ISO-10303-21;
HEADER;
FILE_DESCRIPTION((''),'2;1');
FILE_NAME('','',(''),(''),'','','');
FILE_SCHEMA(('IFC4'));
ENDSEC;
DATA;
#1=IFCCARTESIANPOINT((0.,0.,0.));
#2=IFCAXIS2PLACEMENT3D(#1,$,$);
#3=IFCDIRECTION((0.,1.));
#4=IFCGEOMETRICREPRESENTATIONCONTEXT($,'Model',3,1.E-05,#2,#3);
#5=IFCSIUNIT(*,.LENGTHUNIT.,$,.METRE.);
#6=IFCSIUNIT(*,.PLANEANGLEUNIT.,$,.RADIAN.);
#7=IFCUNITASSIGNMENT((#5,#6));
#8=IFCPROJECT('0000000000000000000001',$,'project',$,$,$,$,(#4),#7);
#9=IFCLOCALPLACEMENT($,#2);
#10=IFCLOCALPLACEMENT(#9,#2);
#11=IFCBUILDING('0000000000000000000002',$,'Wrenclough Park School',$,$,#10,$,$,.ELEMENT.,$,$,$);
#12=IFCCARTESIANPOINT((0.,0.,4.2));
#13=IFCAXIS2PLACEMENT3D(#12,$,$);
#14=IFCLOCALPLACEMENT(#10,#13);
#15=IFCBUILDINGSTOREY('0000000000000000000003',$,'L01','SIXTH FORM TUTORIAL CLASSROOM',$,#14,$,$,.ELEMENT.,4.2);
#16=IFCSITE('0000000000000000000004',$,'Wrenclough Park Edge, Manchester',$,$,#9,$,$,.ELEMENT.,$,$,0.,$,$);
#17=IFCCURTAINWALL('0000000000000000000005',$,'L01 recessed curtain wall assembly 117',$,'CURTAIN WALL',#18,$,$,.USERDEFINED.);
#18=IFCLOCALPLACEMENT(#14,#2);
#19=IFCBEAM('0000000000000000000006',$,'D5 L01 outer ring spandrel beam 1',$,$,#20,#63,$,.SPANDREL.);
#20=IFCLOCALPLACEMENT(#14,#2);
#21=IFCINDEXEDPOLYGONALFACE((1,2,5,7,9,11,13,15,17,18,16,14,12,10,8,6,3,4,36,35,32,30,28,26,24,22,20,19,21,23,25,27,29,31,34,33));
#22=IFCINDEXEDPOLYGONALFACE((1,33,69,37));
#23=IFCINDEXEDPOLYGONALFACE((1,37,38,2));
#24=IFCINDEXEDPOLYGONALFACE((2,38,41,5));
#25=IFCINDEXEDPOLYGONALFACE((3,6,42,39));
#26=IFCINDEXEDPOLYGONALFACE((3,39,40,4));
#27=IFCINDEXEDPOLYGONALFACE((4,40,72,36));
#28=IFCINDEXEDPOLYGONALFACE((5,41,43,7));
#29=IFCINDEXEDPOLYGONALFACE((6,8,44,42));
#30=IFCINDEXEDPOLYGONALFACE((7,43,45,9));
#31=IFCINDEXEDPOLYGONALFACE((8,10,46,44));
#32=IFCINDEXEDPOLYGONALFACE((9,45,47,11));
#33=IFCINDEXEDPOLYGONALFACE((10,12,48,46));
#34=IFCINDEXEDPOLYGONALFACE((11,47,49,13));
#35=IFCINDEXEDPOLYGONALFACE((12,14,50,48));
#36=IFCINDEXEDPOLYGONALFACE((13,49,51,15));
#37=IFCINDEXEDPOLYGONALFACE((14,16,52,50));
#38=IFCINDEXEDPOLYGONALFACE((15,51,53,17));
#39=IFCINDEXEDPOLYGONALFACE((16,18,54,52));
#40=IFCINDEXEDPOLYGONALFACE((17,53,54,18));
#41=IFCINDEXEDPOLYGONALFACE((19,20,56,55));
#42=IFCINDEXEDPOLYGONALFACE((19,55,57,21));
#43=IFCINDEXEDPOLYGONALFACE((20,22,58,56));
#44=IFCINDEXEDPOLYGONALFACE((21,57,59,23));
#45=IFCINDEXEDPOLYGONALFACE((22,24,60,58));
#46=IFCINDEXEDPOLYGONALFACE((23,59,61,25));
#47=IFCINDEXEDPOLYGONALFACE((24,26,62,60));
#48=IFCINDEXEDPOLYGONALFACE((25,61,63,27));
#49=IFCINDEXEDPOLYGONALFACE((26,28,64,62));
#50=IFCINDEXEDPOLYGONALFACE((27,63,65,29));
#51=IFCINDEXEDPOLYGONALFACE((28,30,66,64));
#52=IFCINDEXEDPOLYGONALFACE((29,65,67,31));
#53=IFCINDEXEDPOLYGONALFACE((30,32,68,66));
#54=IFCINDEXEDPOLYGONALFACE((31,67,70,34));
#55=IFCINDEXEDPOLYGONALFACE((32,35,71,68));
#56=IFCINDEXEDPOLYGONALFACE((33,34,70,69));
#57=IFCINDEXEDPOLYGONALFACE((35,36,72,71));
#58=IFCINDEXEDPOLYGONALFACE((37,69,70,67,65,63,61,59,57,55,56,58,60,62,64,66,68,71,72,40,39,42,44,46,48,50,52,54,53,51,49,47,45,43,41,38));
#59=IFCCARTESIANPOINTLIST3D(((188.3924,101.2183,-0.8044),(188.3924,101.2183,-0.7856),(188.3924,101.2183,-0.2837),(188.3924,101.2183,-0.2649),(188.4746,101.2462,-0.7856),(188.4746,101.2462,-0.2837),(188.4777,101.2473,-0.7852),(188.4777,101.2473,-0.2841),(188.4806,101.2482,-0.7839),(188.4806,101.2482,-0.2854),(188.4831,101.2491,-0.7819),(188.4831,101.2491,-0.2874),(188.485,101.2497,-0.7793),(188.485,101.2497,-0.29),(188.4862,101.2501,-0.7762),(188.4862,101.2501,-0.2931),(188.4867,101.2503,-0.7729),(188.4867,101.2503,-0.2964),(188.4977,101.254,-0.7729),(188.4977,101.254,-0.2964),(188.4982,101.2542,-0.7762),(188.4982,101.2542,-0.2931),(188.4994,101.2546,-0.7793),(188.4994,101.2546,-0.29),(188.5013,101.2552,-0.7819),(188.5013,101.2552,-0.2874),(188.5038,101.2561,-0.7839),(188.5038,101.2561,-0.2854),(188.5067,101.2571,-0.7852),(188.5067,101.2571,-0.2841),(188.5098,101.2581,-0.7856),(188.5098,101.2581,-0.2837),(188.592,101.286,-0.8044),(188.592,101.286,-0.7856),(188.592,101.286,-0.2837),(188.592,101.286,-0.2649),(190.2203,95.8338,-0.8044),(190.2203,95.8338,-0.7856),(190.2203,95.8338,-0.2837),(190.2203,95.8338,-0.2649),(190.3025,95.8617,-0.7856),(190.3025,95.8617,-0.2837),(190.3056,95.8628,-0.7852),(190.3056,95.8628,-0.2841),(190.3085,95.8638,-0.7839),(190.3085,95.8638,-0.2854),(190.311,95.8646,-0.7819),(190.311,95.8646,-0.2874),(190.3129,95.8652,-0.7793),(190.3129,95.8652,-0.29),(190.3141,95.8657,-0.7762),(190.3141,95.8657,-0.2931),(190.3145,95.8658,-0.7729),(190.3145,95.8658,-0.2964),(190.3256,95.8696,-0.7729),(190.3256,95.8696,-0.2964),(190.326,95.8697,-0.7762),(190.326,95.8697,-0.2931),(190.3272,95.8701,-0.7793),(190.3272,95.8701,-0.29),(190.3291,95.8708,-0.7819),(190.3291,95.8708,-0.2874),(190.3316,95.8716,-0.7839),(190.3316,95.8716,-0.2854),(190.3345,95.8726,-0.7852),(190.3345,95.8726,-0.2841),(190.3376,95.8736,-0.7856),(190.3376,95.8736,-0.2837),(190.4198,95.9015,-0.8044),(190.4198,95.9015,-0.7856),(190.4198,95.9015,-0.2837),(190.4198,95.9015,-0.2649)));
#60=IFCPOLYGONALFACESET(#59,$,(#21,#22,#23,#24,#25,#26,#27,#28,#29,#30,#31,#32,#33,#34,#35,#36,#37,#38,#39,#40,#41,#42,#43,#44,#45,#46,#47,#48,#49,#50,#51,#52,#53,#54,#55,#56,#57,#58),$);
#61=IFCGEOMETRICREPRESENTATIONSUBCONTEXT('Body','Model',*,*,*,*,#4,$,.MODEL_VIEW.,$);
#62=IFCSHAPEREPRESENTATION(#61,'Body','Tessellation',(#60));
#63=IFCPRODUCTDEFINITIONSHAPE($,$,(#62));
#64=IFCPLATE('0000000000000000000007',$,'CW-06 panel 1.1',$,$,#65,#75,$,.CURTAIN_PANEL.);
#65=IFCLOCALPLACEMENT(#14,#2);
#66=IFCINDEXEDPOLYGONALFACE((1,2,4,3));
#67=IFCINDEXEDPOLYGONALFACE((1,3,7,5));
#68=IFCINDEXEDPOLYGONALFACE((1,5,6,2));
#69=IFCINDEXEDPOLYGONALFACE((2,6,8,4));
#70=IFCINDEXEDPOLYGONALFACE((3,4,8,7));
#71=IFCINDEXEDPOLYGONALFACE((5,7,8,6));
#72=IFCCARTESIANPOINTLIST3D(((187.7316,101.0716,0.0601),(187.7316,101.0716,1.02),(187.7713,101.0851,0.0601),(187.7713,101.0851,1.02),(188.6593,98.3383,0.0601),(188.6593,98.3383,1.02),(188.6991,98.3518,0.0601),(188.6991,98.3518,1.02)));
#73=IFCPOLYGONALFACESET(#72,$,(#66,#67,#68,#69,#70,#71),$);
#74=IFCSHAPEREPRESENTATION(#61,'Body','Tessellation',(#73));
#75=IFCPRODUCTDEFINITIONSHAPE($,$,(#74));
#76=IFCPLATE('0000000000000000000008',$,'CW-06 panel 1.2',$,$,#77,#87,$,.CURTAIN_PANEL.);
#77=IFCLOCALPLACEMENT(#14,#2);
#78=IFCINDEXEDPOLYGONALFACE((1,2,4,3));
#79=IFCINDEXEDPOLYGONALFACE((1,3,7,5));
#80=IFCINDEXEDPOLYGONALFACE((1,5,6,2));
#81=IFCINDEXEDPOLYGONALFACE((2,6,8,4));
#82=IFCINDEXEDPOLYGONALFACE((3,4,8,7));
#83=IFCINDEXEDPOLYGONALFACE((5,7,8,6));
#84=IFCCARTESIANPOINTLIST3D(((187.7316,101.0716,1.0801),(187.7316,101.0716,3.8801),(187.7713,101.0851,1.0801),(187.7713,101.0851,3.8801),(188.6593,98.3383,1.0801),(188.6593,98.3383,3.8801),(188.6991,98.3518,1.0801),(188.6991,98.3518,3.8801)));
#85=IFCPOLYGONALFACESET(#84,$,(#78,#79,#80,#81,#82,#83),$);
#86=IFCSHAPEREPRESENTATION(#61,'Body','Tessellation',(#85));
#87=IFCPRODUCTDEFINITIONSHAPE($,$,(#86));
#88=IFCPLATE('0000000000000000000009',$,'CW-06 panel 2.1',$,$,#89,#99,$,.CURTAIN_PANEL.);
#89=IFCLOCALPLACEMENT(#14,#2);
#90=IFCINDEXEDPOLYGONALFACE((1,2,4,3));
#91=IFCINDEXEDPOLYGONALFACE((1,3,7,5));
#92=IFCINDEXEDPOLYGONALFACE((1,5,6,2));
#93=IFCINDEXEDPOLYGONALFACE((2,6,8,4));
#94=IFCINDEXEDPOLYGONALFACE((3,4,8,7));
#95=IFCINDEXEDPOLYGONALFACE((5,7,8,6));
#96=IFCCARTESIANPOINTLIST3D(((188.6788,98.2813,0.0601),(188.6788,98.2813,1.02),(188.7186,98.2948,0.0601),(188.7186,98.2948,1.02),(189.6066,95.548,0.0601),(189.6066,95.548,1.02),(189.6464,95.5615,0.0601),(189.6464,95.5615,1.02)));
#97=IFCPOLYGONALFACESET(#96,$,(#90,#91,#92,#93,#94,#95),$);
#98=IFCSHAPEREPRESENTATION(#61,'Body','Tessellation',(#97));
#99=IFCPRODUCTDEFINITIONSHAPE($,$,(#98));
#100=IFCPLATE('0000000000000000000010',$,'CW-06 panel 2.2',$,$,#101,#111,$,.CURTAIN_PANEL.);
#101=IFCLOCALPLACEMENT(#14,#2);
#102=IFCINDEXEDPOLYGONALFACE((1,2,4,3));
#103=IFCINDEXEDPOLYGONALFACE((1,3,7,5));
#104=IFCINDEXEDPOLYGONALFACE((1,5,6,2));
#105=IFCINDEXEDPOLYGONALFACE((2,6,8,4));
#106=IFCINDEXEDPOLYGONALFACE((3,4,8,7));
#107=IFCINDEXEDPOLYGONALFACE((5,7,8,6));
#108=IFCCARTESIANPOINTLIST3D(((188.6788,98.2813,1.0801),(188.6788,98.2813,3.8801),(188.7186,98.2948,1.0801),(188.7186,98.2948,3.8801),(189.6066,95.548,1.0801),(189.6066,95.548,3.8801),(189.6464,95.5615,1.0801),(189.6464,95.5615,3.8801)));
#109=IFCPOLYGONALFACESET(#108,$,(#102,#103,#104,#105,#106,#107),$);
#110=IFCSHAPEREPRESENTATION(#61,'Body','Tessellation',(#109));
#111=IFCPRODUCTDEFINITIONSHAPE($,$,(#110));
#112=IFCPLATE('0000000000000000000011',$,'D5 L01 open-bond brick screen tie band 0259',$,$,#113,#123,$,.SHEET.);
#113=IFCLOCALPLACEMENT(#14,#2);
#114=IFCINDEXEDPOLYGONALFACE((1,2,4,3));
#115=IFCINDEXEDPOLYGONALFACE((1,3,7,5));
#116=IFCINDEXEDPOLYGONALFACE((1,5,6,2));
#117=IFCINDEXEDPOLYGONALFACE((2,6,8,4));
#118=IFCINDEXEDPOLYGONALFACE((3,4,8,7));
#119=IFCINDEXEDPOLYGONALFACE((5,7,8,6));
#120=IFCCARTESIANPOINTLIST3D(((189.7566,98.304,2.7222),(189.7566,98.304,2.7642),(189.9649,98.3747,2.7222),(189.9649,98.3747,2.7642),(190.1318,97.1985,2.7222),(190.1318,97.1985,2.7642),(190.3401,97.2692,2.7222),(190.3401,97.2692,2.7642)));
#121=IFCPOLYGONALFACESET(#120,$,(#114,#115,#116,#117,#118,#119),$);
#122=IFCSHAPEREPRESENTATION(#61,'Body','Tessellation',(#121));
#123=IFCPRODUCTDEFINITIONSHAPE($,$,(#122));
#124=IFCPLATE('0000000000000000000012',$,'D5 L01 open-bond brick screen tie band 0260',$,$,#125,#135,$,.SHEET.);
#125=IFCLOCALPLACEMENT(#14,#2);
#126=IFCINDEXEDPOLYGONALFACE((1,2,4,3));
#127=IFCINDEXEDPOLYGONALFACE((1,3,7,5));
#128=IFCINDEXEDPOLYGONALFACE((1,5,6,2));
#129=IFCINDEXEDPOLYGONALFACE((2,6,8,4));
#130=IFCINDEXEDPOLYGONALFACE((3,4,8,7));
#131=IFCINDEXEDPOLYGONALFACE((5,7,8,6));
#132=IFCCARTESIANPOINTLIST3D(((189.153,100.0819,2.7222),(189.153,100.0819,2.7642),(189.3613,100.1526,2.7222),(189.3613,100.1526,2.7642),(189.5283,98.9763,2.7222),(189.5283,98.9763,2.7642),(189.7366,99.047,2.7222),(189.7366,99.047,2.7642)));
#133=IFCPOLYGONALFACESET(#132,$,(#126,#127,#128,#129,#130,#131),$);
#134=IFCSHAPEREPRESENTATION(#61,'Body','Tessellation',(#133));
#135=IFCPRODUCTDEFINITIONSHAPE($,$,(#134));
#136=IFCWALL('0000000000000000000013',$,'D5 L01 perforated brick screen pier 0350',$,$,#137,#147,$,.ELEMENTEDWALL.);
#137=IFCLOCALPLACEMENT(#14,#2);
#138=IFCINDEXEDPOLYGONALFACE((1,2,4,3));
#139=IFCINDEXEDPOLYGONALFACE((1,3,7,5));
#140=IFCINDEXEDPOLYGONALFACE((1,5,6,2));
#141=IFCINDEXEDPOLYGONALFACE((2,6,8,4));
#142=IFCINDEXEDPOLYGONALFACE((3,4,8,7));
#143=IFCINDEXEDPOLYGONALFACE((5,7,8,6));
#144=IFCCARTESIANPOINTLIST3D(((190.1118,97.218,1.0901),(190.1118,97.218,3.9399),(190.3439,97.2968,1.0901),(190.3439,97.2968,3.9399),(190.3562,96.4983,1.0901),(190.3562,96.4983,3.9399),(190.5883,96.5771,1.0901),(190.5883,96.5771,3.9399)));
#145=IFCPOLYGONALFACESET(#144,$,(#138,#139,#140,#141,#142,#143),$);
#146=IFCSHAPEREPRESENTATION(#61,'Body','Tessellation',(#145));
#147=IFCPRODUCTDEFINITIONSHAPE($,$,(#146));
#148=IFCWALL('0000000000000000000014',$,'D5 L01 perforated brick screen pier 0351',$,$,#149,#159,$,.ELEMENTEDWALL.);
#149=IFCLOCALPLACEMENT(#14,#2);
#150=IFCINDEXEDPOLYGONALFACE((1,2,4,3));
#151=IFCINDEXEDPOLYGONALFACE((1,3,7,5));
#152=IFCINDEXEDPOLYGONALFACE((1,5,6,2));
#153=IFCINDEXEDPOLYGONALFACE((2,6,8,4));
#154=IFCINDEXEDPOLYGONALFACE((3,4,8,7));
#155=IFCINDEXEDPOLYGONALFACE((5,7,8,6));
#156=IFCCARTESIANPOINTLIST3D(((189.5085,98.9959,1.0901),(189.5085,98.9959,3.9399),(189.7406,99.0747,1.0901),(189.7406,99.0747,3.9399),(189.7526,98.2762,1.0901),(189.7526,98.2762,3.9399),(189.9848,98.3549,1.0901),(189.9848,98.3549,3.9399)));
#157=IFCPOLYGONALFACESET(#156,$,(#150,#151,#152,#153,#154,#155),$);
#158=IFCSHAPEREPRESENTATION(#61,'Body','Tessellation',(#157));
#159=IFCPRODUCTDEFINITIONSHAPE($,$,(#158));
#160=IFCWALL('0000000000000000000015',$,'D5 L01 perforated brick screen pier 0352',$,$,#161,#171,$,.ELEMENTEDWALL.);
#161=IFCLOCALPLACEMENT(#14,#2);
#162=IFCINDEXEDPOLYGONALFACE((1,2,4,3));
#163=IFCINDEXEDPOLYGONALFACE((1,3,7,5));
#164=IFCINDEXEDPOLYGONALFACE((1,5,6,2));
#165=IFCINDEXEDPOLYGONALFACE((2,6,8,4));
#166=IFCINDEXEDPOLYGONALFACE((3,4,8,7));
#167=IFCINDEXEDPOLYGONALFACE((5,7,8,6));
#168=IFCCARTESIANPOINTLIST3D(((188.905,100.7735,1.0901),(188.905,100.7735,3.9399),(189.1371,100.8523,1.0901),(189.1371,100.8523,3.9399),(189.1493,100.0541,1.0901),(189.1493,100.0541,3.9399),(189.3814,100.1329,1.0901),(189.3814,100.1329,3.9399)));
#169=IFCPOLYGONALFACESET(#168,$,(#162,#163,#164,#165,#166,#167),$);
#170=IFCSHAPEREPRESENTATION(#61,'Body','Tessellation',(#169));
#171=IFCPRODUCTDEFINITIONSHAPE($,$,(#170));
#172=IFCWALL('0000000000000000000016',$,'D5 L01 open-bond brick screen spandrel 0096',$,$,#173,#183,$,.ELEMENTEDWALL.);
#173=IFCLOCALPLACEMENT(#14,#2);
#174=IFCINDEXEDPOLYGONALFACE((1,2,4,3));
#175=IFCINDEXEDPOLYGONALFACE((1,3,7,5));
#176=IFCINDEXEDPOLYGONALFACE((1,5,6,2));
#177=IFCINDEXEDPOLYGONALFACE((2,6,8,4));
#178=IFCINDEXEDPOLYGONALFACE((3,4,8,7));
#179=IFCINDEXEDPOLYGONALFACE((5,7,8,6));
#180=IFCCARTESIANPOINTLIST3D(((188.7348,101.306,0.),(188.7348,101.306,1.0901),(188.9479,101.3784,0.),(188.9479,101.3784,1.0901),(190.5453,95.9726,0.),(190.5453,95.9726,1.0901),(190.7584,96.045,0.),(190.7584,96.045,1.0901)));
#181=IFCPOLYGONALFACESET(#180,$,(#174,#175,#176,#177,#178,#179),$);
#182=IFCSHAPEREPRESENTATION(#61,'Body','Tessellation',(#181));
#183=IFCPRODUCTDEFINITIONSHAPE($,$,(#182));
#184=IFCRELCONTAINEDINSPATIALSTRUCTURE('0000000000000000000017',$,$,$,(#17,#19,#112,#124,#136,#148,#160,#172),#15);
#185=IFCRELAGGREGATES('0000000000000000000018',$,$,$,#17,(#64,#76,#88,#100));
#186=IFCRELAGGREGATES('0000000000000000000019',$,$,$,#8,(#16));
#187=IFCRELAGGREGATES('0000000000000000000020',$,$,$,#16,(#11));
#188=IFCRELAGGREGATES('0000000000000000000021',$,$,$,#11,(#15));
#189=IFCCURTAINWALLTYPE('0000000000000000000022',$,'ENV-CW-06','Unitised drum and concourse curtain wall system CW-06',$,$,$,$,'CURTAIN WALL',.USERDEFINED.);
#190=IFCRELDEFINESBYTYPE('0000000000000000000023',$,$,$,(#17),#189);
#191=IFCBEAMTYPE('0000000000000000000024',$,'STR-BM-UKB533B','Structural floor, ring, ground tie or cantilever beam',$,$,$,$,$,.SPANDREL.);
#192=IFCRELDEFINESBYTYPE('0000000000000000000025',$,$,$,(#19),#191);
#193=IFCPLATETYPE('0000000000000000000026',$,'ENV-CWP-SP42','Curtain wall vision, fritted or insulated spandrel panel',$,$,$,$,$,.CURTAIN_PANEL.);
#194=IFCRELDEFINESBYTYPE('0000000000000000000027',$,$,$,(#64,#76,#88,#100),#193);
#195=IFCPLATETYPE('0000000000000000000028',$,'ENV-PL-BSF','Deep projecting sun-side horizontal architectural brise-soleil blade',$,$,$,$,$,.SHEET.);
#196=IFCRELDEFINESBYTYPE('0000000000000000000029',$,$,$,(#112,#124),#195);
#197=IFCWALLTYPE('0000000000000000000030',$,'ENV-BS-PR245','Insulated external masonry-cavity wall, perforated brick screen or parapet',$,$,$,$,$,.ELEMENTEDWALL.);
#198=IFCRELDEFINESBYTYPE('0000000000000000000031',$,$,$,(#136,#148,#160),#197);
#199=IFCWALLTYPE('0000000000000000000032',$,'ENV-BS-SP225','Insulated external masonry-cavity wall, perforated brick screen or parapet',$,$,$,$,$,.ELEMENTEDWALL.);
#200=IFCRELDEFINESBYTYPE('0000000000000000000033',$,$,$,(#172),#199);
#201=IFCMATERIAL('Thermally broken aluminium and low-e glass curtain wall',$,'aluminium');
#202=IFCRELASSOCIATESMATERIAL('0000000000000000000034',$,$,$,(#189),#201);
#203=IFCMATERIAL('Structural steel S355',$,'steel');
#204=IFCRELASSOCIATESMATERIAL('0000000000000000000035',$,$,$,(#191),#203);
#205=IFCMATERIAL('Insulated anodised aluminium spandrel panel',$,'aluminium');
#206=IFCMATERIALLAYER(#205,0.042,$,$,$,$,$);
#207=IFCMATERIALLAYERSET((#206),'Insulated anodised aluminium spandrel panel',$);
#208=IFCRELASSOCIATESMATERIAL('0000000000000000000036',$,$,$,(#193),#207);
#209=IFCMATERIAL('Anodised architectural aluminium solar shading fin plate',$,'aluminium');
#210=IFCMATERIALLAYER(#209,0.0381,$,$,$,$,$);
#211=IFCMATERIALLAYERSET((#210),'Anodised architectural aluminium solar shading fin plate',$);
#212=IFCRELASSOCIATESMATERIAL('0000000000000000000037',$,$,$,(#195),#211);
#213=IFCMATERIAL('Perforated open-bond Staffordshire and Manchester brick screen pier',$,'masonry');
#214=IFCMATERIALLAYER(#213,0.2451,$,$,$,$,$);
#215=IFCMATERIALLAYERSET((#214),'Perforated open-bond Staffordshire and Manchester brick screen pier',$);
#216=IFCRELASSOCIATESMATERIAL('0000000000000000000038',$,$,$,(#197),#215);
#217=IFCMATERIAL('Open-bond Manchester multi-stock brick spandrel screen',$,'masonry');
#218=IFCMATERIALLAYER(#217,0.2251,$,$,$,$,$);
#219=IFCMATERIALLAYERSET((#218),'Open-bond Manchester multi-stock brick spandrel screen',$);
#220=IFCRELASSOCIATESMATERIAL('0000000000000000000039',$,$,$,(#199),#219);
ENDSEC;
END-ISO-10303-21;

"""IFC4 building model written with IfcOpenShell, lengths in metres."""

from ifc_helpers import new_model, si_unit, direction, frame, frame_2d, origin, origin_2d, place, context, subcontext, project, spatial, rectangle, i_section, extrude, material, layer, layer_set, material_profile, profile_set, type_object, element, aggregate, save


model = new_model("IFC4")

# Units and contexts
model_context = context("Model", 3, precision=1e-05, world=origin(), true_north=direction((0.0, 1.0)))
body_context = subcontext(model_context, "Body", "Model", "MODEL_VIEW")
ifc_project = project(units=[si_unit("LENGTHUNIT", "METRE"), si_unit("PLANEANGLEUNIT", "RADIAN")], contexts=[model_context])

# Site, building, storey
site_placement = place(None, origin())
site = spatial("IfcSite", under=ifc_project, at=site_placement, Name="Wrenclough Park Edge, Manchester", CompositionType="ELEMENT", RefElevation=0.0)
building_placement = place(site_placement, origin())
building = spatial("IfcBuilding", under=site, at=building_placement, Name="Wrenclough Park School", CompositionType="ELEMENT")
storey_placement = place(building_placement, frame((0.0, 0.0, 4.2)))
storey = spatial("IfcBuildingStorey", under=building, at=storey_placement, Name="L01", Description="SIXTH FORM TUTORIAL CLASSROOM", CompositionType="ELEMENT", Elevation=4.2)

# Curtain wall
ifc_material_1 = material(Name="Thermally broken aluminium and low-e glass curtain wall", Category="aluminium")
curtain_wall_type = type_object("IfcCurtainWallType", Name="ENV-CW-06", Description="Unitised drum and concourse curtain wall system CW-06", ElementType="CURTAIN WALL", PredefinedType="USERDEFINED", material=ifc_material_1)
curtain_wall_placement = place(storey_placement, origin())
curtain_wall = element("IfcCurtainWall", 1, at=curtain_wall_placement, inside=storey, type_object=curtain_wall_type, Name="L01 recessed curtain wall assembly 117", ObjectType="CURTAIN WALL", PredefinedType="USERDEFINED")

# Beam
ifc_material_2 = material(Name="Structural steel S355", Category="steel")
ifc_material_profile_1 = material_profile(ifc_material_2, i_section(OverallWidth=0.2107, OverallDepth=0.5396, WebThickness=0.0117, FlangeThickness=0.0188, FilletRadius=0.0127, at=origin_2d()), Name="UKB 533x210x109")
ifc_profile_set_1 = profile_set([ifc_material_profile_1], Name="Structural steel S355")
beam_type_1 = type_object("IfcBeamType", Name="STR-BM-UKB533B", Description="Structural floor, ring, ground tie or cantilever beam", PredefinedType="SPANDREL", material=ifc_profile_set_1)
beam_1_placement = place(storey_placement, frame((190.3201, 95.8677, -0.5347), z_axis=(-0.321452, 0.946926, 0.0), x_axis=(-0.946926, -0.321452, 0.0)))
element("IfcBeam", 2, at=beam_1_placement, inside=storey, type_object=beam_type_1, Name="D5 L01 outer ring spandrel beam 1", PredefinedType="SPANDREL", context=body_context, shape_type="SweptSolid", body=[
    extrude(i_section(OverallWidth=0.2107, OverallDepth=0.5396, WebThickness=0.0117, FlangeThickness=0.0188, FilletRadius=0.0127, at=origin_2d()), origin(), (0.0, 0.0, 1.0), 5.6863),
])

# Plates
ifc_material_3 = material(Name="Insulated anodised aluminium spandrel panel", Category="aluminium")
ifc_layer_1 = layer(ifc_material_3, 0.042)
ifc_layer_set_1 = layer_set([ifc_layer_1], Name="Insulated anodised aluminium spandrel panel")
plate_type_1 = type_object("IfcPlateType", Name="ENV-CWP-SP42", Description="Curtain wall vision, fritted or insulated spandrel panel", PredefinedType="CURTAIN_PANEL", material=ifc_layer_set_1)
plate_1_placement = place(storey_placement, frame((188.2153, 99.7117, 0.0601), z_axis=(0.0, 0.0, 1.0), x_axis=(0.321429, -0.946934, 0.0)))
plate_1 = element("IfcPlate", 3, at=plate_1_placement, type_object=plate_type_1, Name="CW-06 panel 1.1", PredefinedType="CURTAIN_PANEL", context=body_context, shape_type="SweptSolid", body=[
    extrude(rectangle(XDim=2.8865, YDim=0.042, at=origin_2d()), origin(), (0.0, 0.0, 1.0), 0.96),
])
plate_2_placement = place(storey_placement, frame((188.2153, 99.7117, 1.0801), z_axis=(0.0, 0.0, 1.0), x_axis=(0.321429, -0.946934, 0.0)))
plate_2 = element("IfcPlate", 4, at=plate_2_placement, type_object=plate_type_1, Name="CW-06 panel 1.2", PredefinedType="CURTAIN_PANEL", context=body_context, shape_type="SweptSolid", body=[
    extrude(rectangle(XDim=2.8865, YDim=0.042, at=origin_2d()), origin(), (0.0, 0.0, 1.0), 2.8),
])
plate_3_placement = place(storey_placement, frame((189.1626, 96.9214, 0.0601), z_axis=(0.0, 0.0, 1.0), x_axis=(0.321429, -0.946934, 0.0)))
plate_3 = element("IfcPlate", 5, at=plate_3_placement, type_object=plate_type_1, Name="CW-06 panel 2.1", PredefinedType="CURTAIN_PANEL", context=body_context, shape_type="SweptSolid", body=[
    extrude(rectangle(XDim=2.8865, YDim=0.042, at=origin_2d()), origin(), (0.0, 0.0, 1.0), 0.96),
])
plate_4_placement = place(storey_placement, frame((189.1626, 96.9214, 1.0801), z_axis=(0.0, 0.0, 1.0), x_axis=(0.321429, -0.946934, 0.0)))
plate_4 = element("IfcPlate", 6, at=plate_4_placement, type_object=plate_type_1, Name="CW-06 panel 2.2", PredefinedType="CURTAIN_PANEL", context=body_context, shape_type="SweptSolid", body=[
    extrude(rectangle(XDim=2.8865, YDim=0.042, at=origin_2d()), origin(), (0.0, 0.0, 1.0), 2.8),
])
aggregate(curtain_wall, [plate_1, plate_2, plate_3, plate_4])

# Plates
ifc_material_4 = material(Name="Anodised architectural aluminium solar shading fin plate", Category="aluminium")
ifc_layer_2 = layer(ifc_material_4, 0.0381)
ifc_layer_set_2 = layer_set([ifc_layer_2], Name="Anodised architectural aluminium solar shading fin plate")
plate_type_2 = type_object("IfcPlateType", Name="ENV-PL-BSF", Description="Deep projecting sun-side horizontal architectural brise-soleil blade", PredefinedType="SHEET", material=ifc_layer_set_2)
for number, where, z_axis, x_axis, name in (
    (7, (190.0483, 97.7866, 2.7222), (0.0, 0.0, 1.0), (-0.321427, 0.946934, 0.0), "D5 L01 open-bond brick screen tie band 0259"),
    (8, (189.4448, 99.5645, 2.7222), (0.0, 0.0, 1.0), (-0.321427, 0.946934, 0.0), "D5 L01 open-bond brick screen tie band 0260"),
):
    element("IfcPlate", number, at=place(storey_placement, frame(where, z_axis=z_axis, x_axis=x_axis)), inside=storey, type_object=plate_type_2, Name=name, PredefinedType="SHEET", context=body_context, shape_type="SweptSolid", body=[
        extrude(rectangle(XDim=1.1675, YDim=0.22, at=origin_2d()), origin(), (0.0, 0.0, 1.0), 0.042),
    ])

# Walls
ifc_material_5 = material(Name="Perforated open-bond Staffordshire and Manchester brick screen pier", Category="masonry")
ifc_layer_3 = layer(ifc_material_5, 0.2451)
ifc_layer_set_3 = layer_set([ifc_layer_3], Name="Perforated open-bond Staffordshire and Manchester brick screen pier")
wall_type_1 = type_object("IfcWallType", Name="ENV-BS-PR245", Description="Insulated external masonry-cavity wall, perforated brick screen or parapet", PredefinedType="ELEMENTEDWALL", material=ifc_layer_set_3)
for number, where, z_axis, x_axis, name in (
    (9, (190.4722, 96.5378, 1.0901), (0.0, 0.0, 1.0), (-0.321523, 0.946902, 0.0), "D5 L01 perforated brick screen pier 0350"),
    (10, (189.8687, 98.3157, 1.0901), (0.0, 0.0, 1.0), (-0.321235, 0.947, 0.0), "D5 L01 perforated brick screen pier 0351"),
):
    element("IfcWall", number, at=place(storey_placement, frame(where, z_axis=z_axis, x_axis=x_axis)), inside=storey, type_object=wall_type_1, Name=name, PredefinedType="ELEMENTEDWALL", context=body_context, shape_type="SweptSolid", body=[
        extrude(rectangle(XDim=0.76, YDim=0.2451, at=frame_2d((0.3799, 0.0))), origin(), (0.0, 0.0, 1.0), 2.8499),
    ])
wall_1_placement = place(storey_placement, frame((189.2654, 100.0935, 1.0901), z_axis=(0.0, 0.0, 1.0), x_axis=(-0.32162, 0.946869, 0.0)))
element("IfcWall", 11, at=wall_1_placement, inside=storey, type_object=wall_type_1, Name="D5 L01 perforated brick screen pier 0352", PredefinedType="ELEMENTEDWALL", context=body_context, shape_type="SweptSolid", body=[
    extrude(rectangle(XDim=0.7598, YDim=0.2451, at=frame_2d((0.3799, 0.0))), origin(), (0.0, 0.0, 1.0), 2.8499),
])
ifc_material_6 = material(Name="Open-bond Manchester multi-stock brick spandrel screen", Category="masonry")
ifc_layer_4 = layer(ifc_material_6, 0.2251)
ifc_layer_set_4 = layer_set([ifc_layer_4], Name="Open-bond Manchester multi-stock brick spandrel screen")
wall_type_2 = type_object("IfcWallType", Name="ENV-BS-SP225", Description="Insulated external masonry-cavity wall, perforated brick screen or parapet", PredefinedType="ELEMENTEDWALL", material=ifc_layer_set_4)
wall_2_placement = place(storey_placement, frame((190.6519, 96.0088, 0.0), z_axis=(0.0, 0.0, 1.0), x_axis=(-0.32145, 0.946926, 0.0)))
element("IfcWall", 12, at=wall_2_placement, inside=storey, type_object=wall_type_2, Name="D5 L01 open-bond brick screen spandrel 0096", PredefinedType="ELEMENTEDWALL", context=body_context, shape_type="SweptSolid", body=[
    extrude(rectangle(XDim=5.6323, YDim=0.2251, at=frame_2d((2.8162, 0.0))), origin(), (0.0, 0.0, 1.0), 1.0901),
])

save(model, "model.ifc")
